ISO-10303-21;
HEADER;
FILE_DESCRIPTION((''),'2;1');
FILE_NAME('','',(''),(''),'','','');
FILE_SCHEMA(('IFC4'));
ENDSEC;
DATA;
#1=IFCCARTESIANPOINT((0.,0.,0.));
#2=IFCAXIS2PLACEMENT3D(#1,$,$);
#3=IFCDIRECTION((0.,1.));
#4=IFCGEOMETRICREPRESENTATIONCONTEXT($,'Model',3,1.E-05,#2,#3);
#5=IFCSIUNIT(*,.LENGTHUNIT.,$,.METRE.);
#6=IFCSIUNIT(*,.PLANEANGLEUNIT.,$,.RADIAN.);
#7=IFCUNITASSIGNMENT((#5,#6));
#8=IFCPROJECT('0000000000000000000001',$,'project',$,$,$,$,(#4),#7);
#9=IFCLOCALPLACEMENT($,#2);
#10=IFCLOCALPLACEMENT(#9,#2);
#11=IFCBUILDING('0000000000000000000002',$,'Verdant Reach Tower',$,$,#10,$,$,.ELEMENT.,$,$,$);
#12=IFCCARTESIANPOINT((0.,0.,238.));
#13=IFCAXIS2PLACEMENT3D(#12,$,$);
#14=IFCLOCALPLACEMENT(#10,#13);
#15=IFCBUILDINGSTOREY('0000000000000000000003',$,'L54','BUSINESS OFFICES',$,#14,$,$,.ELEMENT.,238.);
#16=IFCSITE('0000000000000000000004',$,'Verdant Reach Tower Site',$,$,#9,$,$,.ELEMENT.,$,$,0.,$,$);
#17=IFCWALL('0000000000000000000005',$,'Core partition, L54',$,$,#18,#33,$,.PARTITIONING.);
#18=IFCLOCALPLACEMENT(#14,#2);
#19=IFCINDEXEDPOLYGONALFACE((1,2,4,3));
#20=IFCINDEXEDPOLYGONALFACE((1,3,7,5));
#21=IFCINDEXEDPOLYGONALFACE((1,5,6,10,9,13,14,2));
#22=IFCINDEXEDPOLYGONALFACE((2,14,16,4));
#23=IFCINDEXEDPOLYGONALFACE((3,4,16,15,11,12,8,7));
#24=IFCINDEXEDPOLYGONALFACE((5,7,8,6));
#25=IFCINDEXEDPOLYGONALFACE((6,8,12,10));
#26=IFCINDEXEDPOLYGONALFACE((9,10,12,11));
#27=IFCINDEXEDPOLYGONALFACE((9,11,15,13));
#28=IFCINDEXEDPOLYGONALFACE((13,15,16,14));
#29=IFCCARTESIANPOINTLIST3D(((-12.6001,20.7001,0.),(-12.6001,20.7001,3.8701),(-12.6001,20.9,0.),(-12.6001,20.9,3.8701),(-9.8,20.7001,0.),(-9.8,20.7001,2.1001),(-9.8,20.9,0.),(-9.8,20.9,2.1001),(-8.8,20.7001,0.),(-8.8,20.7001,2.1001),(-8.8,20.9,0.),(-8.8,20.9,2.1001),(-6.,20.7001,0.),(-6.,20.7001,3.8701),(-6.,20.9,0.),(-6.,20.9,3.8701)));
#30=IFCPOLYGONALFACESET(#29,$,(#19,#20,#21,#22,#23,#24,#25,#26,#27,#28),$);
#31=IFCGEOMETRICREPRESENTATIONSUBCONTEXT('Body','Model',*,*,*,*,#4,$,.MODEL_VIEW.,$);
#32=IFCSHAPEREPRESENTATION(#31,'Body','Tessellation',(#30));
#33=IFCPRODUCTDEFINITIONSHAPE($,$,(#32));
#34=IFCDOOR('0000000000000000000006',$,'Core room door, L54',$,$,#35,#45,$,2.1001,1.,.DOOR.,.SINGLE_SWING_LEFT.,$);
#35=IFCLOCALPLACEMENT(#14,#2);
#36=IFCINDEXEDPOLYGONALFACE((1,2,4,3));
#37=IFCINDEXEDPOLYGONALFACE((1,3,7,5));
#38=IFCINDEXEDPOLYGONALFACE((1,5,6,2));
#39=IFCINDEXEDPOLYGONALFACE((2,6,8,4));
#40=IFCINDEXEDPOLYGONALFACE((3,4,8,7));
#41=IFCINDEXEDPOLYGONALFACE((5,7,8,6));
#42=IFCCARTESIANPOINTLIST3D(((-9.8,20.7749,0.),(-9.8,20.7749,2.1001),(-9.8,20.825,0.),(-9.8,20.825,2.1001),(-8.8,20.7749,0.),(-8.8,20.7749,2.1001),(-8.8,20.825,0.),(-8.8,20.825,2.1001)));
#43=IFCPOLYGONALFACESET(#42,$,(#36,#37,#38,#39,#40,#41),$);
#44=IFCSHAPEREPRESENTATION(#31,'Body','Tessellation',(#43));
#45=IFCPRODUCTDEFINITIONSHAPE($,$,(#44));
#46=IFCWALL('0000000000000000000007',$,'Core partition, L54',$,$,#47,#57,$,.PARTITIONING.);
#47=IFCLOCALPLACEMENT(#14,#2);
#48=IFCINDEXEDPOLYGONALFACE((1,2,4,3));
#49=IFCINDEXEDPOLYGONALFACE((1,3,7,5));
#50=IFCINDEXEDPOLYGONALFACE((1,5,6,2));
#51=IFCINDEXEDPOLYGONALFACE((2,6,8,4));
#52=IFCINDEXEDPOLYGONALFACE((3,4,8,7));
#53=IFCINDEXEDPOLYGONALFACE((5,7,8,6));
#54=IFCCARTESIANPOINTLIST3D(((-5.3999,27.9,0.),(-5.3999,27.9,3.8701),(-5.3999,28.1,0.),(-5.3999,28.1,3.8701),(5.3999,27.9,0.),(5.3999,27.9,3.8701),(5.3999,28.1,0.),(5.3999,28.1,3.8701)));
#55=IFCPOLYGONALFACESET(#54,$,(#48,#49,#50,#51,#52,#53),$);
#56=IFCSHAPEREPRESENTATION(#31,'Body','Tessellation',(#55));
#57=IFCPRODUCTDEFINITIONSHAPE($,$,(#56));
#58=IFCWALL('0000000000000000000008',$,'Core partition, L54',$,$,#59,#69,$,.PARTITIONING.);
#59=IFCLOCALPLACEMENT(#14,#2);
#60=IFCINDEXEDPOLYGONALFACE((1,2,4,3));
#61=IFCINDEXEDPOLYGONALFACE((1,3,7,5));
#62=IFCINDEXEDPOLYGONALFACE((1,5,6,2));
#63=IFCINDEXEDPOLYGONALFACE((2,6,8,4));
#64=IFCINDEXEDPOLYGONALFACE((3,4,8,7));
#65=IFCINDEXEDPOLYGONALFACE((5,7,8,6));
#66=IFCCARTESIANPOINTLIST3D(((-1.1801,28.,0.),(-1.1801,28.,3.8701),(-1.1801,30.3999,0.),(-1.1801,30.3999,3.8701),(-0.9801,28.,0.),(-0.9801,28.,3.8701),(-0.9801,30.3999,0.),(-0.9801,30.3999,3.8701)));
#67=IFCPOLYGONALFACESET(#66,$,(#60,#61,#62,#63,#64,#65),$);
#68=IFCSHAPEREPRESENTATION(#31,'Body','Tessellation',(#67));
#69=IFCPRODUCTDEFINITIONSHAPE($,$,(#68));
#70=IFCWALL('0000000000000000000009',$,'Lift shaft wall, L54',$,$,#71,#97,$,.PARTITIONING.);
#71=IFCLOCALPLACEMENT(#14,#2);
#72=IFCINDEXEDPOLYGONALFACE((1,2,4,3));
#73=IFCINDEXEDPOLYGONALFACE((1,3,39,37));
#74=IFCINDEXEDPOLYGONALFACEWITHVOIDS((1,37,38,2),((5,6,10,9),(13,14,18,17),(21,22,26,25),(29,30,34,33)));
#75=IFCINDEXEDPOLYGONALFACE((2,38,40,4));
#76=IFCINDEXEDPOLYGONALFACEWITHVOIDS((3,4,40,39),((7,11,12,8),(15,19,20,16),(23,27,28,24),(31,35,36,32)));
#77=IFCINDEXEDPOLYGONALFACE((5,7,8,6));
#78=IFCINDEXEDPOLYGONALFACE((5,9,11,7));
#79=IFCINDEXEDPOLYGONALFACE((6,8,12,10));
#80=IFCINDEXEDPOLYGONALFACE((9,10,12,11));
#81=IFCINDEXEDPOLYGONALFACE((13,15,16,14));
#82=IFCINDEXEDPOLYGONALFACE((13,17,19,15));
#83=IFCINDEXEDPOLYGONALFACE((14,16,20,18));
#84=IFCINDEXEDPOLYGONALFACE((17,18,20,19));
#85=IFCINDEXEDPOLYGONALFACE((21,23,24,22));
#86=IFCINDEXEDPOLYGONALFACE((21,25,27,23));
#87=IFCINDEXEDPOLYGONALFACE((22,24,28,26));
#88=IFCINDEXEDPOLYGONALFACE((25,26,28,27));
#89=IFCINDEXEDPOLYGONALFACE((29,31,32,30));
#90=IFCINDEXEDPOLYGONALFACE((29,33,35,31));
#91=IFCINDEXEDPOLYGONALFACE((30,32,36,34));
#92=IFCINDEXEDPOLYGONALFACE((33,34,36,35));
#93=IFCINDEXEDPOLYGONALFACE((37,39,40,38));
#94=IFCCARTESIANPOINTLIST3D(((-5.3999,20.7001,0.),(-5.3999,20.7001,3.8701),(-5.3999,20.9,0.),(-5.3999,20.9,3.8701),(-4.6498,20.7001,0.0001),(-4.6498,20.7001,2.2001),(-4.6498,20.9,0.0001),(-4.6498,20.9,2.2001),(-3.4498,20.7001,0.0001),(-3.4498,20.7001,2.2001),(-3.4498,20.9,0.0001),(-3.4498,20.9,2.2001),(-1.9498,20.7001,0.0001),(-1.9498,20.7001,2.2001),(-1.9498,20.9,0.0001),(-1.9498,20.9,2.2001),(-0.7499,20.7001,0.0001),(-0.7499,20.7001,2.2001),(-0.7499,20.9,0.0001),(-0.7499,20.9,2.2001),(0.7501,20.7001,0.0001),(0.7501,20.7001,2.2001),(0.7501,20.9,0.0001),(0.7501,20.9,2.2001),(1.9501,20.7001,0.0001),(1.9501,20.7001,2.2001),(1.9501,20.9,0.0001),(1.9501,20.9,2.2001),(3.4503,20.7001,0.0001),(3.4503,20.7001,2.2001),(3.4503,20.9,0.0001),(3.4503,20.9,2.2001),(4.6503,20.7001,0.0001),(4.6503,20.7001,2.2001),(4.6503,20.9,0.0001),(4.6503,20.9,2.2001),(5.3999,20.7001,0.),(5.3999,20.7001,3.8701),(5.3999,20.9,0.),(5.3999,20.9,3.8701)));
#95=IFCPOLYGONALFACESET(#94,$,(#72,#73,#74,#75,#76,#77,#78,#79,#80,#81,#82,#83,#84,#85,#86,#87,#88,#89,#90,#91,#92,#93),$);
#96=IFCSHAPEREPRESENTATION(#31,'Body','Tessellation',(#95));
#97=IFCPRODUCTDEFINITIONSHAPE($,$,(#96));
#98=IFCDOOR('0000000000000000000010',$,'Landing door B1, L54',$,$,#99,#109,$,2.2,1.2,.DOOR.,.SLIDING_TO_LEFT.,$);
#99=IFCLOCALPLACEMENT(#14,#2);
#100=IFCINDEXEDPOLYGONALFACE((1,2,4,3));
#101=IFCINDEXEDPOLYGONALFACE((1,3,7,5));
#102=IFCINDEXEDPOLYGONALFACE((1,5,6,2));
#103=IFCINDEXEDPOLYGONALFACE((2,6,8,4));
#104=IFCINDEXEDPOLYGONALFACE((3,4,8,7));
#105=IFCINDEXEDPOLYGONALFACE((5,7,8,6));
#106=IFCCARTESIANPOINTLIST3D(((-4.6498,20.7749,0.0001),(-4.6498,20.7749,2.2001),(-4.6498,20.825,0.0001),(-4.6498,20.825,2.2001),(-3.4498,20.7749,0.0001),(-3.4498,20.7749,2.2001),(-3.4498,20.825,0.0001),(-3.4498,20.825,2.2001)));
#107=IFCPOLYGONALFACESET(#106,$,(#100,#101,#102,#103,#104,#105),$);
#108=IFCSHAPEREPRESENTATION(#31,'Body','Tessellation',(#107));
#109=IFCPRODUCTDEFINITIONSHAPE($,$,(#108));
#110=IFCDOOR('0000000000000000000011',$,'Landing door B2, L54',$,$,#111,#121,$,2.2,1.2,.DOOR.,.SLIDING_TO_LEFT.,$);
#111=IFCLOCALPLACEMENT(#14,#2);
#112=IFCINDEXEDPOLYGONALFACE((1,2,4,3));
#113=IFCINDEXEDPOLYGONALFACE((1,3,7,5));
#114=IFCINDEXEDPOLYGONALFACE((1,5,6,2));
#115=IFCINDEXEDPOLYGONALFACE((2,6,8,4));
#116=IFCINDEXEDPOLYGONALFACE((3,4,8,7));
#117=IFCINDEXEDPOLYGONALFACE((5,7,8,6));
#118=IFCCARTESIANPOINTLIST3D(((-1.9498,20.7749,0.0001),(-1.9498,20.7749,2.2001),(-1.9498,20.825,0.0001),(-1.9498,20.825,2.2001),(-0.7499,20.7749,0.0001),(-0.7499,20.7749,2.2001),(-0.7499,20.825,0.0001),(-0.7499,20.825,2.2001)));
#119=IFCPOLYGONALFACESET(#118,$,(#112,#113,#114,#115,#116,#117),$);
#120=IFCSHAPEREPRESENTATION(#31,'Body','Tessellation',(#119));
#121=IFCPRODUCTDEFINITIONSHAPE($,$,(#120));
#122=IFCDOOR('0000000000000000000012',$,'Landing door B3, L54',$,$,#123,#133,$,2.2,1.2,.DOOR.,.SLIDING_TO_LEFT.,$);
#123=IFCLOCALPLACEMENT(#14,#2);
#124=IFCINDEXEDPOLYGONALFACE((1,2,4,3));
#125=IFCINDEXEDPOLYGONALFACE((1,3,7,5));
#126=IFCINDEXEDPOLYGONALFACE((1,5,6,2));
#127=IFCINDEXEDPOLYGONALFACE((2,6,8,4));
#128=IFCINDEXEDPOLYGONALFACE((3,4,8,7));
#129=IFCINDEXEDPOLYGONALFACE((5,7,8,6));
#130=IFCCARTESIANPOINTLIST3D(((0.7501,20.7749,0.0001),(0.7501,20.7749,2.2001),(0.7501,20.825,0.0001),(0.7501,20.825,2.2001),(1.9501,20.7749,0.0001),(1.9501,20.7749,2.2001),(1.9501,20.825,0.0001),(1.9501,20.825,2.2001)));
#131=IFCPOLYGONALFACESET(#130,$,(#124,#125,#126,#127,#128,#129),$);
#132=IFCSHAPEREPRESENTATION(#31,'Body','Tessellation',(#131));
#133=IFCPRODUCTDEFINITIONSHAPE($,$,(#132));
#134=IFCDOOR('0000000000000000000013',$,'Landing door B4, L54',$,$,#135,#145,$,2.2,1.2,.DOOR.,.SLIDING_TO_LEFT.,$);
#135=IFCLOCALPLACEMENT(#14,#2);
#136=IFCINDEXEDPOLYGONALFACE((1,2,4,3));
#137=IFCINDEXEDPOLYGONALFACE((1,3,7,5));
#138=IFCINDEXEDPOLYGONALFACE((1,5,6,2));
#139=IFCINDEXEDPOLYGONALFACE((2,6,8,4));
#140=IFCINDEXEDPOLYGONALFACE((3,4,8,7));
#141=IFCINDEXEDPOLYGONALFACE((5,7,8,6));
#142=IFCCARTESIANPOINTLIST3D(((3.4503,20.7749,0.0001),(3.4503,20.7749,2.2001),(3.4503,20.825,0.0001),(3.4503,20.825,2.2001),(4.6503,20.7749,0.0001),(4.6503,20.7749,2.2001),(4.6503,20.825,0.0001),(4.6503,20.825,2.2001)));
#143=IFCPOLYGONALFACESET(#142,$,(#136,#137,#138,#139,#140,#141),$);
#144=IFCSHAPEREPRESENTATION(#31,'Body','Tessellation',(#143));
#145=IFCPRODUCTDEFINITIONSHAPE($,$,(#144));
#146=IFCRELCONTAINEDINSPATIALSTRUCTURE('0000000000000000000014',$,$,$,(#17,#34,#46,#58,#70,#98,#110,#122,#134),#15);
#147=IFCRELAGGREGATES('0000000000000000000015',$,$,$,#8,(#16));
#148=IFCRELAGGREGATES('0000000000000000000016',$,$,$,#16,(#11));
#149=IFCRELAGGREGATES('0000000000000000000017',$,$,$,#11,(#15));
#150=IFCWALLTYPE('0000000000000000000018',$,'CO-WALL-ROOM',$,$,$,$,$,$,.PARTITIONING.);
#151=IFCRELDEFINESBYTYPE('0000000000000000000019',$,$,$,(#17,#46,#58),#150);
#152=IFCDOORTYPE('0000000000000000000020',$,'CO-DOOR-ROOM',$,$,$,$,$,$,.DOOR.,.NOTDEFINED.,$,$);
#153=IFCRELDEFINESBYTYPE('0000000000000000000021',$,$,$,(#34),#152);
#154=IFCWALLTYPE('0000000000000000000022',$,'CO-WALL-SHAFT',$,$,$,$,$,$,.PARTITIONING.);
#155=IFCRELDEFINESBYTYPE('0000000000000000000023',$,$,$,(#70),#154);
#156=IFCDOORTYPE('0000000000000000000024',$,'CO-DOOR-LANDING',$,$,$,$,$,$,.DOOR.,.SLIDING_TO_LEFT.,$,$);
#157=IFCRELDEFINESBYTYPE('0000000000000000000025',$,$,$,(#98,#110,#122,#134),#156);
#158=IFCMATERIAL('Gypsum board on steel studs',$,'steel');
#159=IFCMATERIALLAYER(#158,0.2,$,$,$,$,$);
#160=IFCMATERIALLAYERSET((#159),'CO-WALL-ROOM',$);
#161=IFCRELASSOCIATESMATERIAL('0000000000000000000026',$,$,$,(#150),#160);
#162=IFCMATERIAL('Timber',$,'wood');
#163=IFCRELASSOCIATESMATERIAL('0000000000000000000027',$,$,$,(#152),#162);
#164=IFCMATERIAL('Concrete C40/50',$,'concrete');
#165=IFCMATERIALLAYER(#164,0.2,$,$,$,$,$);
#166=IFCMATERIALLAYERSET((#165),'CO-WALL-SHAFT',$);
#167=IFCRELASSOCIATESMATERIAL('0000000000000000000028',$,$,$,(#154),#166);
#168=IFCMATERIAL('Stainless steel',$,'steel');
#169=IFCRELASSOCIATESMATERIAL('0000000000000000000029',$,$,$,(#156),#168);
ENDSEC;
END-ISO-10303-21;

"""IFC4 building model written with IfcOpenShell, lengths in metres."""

from ifc_helpers import new_model, si_unit, direction, frame, frame_2d, origin, place, context, subcontext, project, spatial, rectangle, extrude, material, layer, layer_set, type_object, element, fill, save


model = new_model("IFC4")

# Units and contexts
model_context = context("Model", 3, precision=1e-05, world=origin(), true_north=direction((0.0, 1.0)))
body_context = subcontext(model_context, "Body", "Model", "MODEL_VIEW")
ifc_project = project(units=[si_unit("LENGTHUNIT", "METRE"), si_unit("PLANEANGLEUNIT", "RADIAN")], contexts=[model_context])

# Site, building, storey
site_placement = place(None, origin())
site = spatial("IfcSite", under=ifc_project, at=site_placement, Name="Verdant Reach Tower Site", CompositionType="ELEMENT", RefElevation=0.0)
building_placement = place(site_placement, origin())
building = spatial("IfcBuilding", under=site, at=building_placement, Name="Verdant Reach Tower", CompositionType="ELEMENT")
storey_placement = place(building_placement, frame((0.0, 0.0, 238.0)))
storey = spatial("IfcBuildingStorey", under=building, at=storey_placement, Name="L54", Description="BUSINESS OFFICES", CompositionType="ELEMENT", Elevation=238.0)

# Wall, opening, door
ifc_material_1 = material(Name="Gypsum board on steel studs", Category="steel")
ifc_layer_1 = layer(ifc_material_1, 0.2)
ifc_layer_set_1 = layer_set([ifc_layer_1], Name="CO-WALL-ROOM")
wall_type_1 = type_object("IfcWallType", Name="CO-WALL-ROOM", PredefinedType="PARTITIONING", material=ifc_layer_set_1)
wall_1_placement = place(storey_placement, frame((-12.6001, 20.8, 0.0), z_axis=(0.0, 0.0, 1.0), x_axis=(1.0, 0.0, 0.0)))
wall_1 = element("IfcWall", 1, at=wall_1_placement, inside=storey, type_object=wall_type_1, Name="Core partition, L54", PredefinedType="PARTITIONING", context=body_context, shape_type="SweptSolid", body=[
    extrude(rectangle(XDim=6.6001, YDim=0.2, at=frame_2d((3.3, 0.0))), origin(), (0.0, 0.0, 1.0), 3.8701),
])
opening_1_placement = place(wall_1_placement, frame((2.8, 0.0, 0.0)))
opening_1 = element("IfcOpeningElement", 2, at=opening_1_placement, cuts=wall_1, PredefinedType="OPENING", context=body_context, shape_type="SweptSolid", body=[
    extrude(rectangle(XDim=1.0, YDim=2.1001, at=frame_2d((0.5, 1.05))), frame((0.0, 0.1099, 0.0), z_axis=(0.0, -1.0, 0.0), x_axis=(1.0, 0.0, 0.0)), (0.0, 0.0, 1.0), 0.22),
])
ifc_material_2 = material(Name="Timber", Category="wood")
door_type_1 = type_object("IfcDoorType", Name="CO-DOOR-ROOM", OperationType="NOTDEFINED", PredefinedType="DOOR", material=ifc_material_2)
door_1_placement = place(opening_1_placement, origin())
door_1 = element("IfcDoor", 3, at=door_1_placement, inside=storey, type_object=door_type_1, Name="Core room door, L54", OperationType="SINGLE_SWING_LEFT", OverallHeight=2.1001, OverallWidth=1.0, PredefinedType="DOOR", context=body_context, shape_type="SweptSolid", body=[
    extrude(rectangle(XDim=1.0, YDim=2.1001, at=frame_2d((0.5, 1.05))), frame((0.0, 0.0249, 0.0), z_axis=(0.0, -1.0, 0.0), x_axis=(1.0, 0.0, 0.0)), (0.0, 0.0, 1.0), 0.05),
])
fill(opening_1, door_1)

# Walls
wall_2_placement = place(storey_placement, frame((-5.3999, 28.0, 0.0), z_axis=(0.0, 0.0, 1.0), x_axis=(1.0, 0.0, 0.0)))
element("IfcWall", 4, at=wall_2_placement, inside=storey, type_object=wall_type_1, Name="Core partition, L54", PredefinedType="PARTITIONING", context=body_context, shape_type="SweptSolid", body=[
    extrude(rectangle(XDim=10.7998, YDim=0.2, at=frame_2d((5.3999, 0.0))), origin(), (0.0, 0.0, 1.0), 3.8701),
])
wall_3_placement = place(storey_placement, frame((-1.0801, 28.0, 0.0), z_axis=(0.0, 0.0, 1.0), x_axis=(0.0, 1.0, 0.0)))
element("IfcWall", 5, at=wall_3_placement, inside=storey, type_object=wall_type_1, Name="Core partition, L54", PredefinedType="PARTITIONING", context=body_context, shape_type="SweptSolid", body=[
    extrude(rectangle(XDim=2.3999, YDim=0.2, at=frame_2d((1.2, 0.0))), origin(), (0.0, 0.0, 1.0), 3.8701),
])

# Wall, openings, doors
ifc_material_3 = material(Name="Concrete C40/50", Category="concrete")
ifc_layer_2 = layer(ifc_material_3, 0.2)
ifc_layer_set_2 = layer_set([ifc_layer_2], Name="CO-WALL-SHAFT")
wall_type_2 = type_object("IfcWallType", Name="CO-WALL-SHAFT", PredefinedType="PARTITIONING", material=ifc_layer_set_2)
wall_4_placement = place(storey_placement, frame((-5.3999, 20.8, 0.0), z_axis=(0.0, 0.0, 1.0), x_axis=(1.0, 0.0, 0.0)))
wall_4 = element("IfcWall", 6, at=wall_4_placement, inside=storey, type_object=wall_type_2, Name="Lift shaft wall, L54", PredefinedType="PARTITIONING", context=body_context, shape_type="SweptSolid", body=[
    extrude(rectangle(XDim=10.7998, YDim=0.2, at=frame_2d((5.3999, 0.0))), origin(), (0.0, 0.0, 1.0), 3.8701),
])
opening_2_placement = place(wall_4_placement, frame((0.75, 0.0, 0.0)))
opening_2 = element("IfcOpeningElement", 7, at=opening_2_placement, cuts=wall_4, PredefinedType="OPENING", context=body_context, shape_type="SweptSolid", body=[
    extrude(rectangle(XDim=1.2, YDim=2.2, at=frame_2d((0.6001, 1.1001))), frame((0.0, 0.1099, 0.0), z_axis=(0.0, -1.0, 0.0), x_axis=(1.0, 0.0, 0.0)), (0.0, 0.0, 1.0), 0.22),
])
opening_3_placement = place(wall_4_placement, frame((3.45, 0.0, 0.0)))
opening_3 = element("IfcOpeningElement", 8, at=opening_3_placement, cuts=wall_4, PredefinedType="OPENING", context=body_context, shape_type="SweptSolid", body=[
    extrude(rectangle(XDim=1.2, YDim=2.2, at=frame_2d((0.6001, 1.1001))), frame((0.0, 0.1099, 0.0), z_axis=(0.0, -1.0, 0.0), x_axis=(1.0, 0.0, 0.0)), (0.0, 0.0, 1.0), 0.22),
])
opening_4_placement = place(wall_4_placement, frame((6.1499, 0.0, 0.0)))
opening_4 = element("IfcOpeningElement", 9, at=opening_4_placement, cuts=wall_4, PredefinedType="OPENING", context=body_context, shape_type="SweptSolid", body=[
    extrude(rectangle(XDim=1.2, YDim=2.2, at=frame_2d((0.6001, 1.1001))), frame((0.0, 0.1099, 0.0), z_axis=(0.0, -1.0, 0.0), x_axis=(1.0, 0.0, 0.0)), (0.0, 0.0, 1.0), 0.22),
])
opening_5_placement = place(wall_4_placement, frame((8.8501, 0.0, 0.0)))
opening_5 = element("IfcOpeningElement", 10, at=opening_5_placement, cuts=wall_4, PredefinedType="OPENING", context=body_context, shape_type="SweptSolid", body=[
    extrude(rectangle(XDim=1.2, YDim=2.2, at=frame_2d((0.6001, 1.1001))), frame((0.0, 0.1099, 0.0), z_axis=(0.0, -1.0, 0.0), x_axis=(1.0, 0.0, 0.0)), (0.0, 0.0, 1.0), 0.22),
])
ifc_material_4 = material(Name="Stainless steel", Category="steel")
door_type_2 = type_object("IfcDoorType", Name="CO-DOOR-LANDING", OperationType="SLIDING_TO_LEFT", PredefinedType="DOOR", material=ifc_material_4)
door_2_placement = place(opening_2_placement, origin())
door_2 = element("IfcDoor", 11, at=door_2_placement, inside=storey, type_object=door_type_2, Name="Landing door B1, L54", OperationType="SLIDING_TO_LEFT", OverallHeight=2.2, OverallWidth=1.2, PredefinedType="DOOR", context=body_context, shape_type="SweptSolid", body=[
    extrude(rectangle(XDim=1.2, YDim=2.2, at=frame_2d((0.6001, 1.1001))), frame((0.0, 0.0249, 0.0), z_axis=(0.0, -1.0, 0.0), x_axis=(1.0, 0.0, 0.0)), (0.0, 0.0, 1.0), 0.05),
])
fill(opening_2, door_2)
door_3_placement = place(opening_3_placement, origin())
door_3 = element("IfcDoor", 12, at=door_3_placement, inside=storey, type_object=door_type_2, Name="Landing door B2, L54", OperationType="SLIDING_TO_LEFT", OverallHeight=2.2, OverallWidth=1.2, PredefinedType="DOOR", context=body_context, shape_type="SweptSolid", body=[
    extrude(rectangle(XDim=1.2, YDim=2.2, at=frame_2d((0.6001, 1.1001))), frame((0.0, 0.0249, 0.0), z_axis=(0.0, -1.0, 0.0), x_axis=(1.0, 0.0, 0.0)), (0.0, 0.0, 1.0), 0.05),
])
fill(opening_3, door_3)
door_4_placement = place(opening_4_placement, origin())
door_4 = element("IfcDoor", 13, at=door_4_placement, inside=storey, type_object=door_type_2, Name="Landing door B3, L54", OperationType="SLIDING_TO_LEFT", OverallHeight=2.2, OverallWidth=1.2, PredefinedType="DOOR", context=body_context, shape_type="SweptSolid", body=[
    extrude(rectangle(XDim=1.2, YDim=2.2, at=frame_2d((0.6001, 1.1001))), frame((0.0, 0.0249, 0.0), z_axis=(0.0, -1.0, 0.0), x_axis=(1.0, 0.0, 0.0)), (0.0, 0.0, 1.0), 0.05),
])
fill(opening_4, door_4)
door_5_placement = place(opening_5_placement, origin())
door_5 = element("IfcDoor", 14, at=door_5_placement, inside=storey, type_object=door_type_2, Name="Landing door B4, L54", OperationType="SLIDING_TO_LEFT", OverallHeight=2.2, OverallWidth=1.2, PredefinedType="DOOR", context=body_context, shape_type="SweptSolid", body=[
    extrude(rectangle(XDim=1.2, YDim=2.2, at=frame_2d((0.6001, 1.1001))), frame((0.0, 0.0249, 0.0), z_axis=(0.0, -1.0, 0.0), x_axis=(1.0, 0.0, 0.0)), (0.0, 0.0, 1.0), 0.05),
])
fill(opening_5, door_5)

save(model, "model.ifc")
